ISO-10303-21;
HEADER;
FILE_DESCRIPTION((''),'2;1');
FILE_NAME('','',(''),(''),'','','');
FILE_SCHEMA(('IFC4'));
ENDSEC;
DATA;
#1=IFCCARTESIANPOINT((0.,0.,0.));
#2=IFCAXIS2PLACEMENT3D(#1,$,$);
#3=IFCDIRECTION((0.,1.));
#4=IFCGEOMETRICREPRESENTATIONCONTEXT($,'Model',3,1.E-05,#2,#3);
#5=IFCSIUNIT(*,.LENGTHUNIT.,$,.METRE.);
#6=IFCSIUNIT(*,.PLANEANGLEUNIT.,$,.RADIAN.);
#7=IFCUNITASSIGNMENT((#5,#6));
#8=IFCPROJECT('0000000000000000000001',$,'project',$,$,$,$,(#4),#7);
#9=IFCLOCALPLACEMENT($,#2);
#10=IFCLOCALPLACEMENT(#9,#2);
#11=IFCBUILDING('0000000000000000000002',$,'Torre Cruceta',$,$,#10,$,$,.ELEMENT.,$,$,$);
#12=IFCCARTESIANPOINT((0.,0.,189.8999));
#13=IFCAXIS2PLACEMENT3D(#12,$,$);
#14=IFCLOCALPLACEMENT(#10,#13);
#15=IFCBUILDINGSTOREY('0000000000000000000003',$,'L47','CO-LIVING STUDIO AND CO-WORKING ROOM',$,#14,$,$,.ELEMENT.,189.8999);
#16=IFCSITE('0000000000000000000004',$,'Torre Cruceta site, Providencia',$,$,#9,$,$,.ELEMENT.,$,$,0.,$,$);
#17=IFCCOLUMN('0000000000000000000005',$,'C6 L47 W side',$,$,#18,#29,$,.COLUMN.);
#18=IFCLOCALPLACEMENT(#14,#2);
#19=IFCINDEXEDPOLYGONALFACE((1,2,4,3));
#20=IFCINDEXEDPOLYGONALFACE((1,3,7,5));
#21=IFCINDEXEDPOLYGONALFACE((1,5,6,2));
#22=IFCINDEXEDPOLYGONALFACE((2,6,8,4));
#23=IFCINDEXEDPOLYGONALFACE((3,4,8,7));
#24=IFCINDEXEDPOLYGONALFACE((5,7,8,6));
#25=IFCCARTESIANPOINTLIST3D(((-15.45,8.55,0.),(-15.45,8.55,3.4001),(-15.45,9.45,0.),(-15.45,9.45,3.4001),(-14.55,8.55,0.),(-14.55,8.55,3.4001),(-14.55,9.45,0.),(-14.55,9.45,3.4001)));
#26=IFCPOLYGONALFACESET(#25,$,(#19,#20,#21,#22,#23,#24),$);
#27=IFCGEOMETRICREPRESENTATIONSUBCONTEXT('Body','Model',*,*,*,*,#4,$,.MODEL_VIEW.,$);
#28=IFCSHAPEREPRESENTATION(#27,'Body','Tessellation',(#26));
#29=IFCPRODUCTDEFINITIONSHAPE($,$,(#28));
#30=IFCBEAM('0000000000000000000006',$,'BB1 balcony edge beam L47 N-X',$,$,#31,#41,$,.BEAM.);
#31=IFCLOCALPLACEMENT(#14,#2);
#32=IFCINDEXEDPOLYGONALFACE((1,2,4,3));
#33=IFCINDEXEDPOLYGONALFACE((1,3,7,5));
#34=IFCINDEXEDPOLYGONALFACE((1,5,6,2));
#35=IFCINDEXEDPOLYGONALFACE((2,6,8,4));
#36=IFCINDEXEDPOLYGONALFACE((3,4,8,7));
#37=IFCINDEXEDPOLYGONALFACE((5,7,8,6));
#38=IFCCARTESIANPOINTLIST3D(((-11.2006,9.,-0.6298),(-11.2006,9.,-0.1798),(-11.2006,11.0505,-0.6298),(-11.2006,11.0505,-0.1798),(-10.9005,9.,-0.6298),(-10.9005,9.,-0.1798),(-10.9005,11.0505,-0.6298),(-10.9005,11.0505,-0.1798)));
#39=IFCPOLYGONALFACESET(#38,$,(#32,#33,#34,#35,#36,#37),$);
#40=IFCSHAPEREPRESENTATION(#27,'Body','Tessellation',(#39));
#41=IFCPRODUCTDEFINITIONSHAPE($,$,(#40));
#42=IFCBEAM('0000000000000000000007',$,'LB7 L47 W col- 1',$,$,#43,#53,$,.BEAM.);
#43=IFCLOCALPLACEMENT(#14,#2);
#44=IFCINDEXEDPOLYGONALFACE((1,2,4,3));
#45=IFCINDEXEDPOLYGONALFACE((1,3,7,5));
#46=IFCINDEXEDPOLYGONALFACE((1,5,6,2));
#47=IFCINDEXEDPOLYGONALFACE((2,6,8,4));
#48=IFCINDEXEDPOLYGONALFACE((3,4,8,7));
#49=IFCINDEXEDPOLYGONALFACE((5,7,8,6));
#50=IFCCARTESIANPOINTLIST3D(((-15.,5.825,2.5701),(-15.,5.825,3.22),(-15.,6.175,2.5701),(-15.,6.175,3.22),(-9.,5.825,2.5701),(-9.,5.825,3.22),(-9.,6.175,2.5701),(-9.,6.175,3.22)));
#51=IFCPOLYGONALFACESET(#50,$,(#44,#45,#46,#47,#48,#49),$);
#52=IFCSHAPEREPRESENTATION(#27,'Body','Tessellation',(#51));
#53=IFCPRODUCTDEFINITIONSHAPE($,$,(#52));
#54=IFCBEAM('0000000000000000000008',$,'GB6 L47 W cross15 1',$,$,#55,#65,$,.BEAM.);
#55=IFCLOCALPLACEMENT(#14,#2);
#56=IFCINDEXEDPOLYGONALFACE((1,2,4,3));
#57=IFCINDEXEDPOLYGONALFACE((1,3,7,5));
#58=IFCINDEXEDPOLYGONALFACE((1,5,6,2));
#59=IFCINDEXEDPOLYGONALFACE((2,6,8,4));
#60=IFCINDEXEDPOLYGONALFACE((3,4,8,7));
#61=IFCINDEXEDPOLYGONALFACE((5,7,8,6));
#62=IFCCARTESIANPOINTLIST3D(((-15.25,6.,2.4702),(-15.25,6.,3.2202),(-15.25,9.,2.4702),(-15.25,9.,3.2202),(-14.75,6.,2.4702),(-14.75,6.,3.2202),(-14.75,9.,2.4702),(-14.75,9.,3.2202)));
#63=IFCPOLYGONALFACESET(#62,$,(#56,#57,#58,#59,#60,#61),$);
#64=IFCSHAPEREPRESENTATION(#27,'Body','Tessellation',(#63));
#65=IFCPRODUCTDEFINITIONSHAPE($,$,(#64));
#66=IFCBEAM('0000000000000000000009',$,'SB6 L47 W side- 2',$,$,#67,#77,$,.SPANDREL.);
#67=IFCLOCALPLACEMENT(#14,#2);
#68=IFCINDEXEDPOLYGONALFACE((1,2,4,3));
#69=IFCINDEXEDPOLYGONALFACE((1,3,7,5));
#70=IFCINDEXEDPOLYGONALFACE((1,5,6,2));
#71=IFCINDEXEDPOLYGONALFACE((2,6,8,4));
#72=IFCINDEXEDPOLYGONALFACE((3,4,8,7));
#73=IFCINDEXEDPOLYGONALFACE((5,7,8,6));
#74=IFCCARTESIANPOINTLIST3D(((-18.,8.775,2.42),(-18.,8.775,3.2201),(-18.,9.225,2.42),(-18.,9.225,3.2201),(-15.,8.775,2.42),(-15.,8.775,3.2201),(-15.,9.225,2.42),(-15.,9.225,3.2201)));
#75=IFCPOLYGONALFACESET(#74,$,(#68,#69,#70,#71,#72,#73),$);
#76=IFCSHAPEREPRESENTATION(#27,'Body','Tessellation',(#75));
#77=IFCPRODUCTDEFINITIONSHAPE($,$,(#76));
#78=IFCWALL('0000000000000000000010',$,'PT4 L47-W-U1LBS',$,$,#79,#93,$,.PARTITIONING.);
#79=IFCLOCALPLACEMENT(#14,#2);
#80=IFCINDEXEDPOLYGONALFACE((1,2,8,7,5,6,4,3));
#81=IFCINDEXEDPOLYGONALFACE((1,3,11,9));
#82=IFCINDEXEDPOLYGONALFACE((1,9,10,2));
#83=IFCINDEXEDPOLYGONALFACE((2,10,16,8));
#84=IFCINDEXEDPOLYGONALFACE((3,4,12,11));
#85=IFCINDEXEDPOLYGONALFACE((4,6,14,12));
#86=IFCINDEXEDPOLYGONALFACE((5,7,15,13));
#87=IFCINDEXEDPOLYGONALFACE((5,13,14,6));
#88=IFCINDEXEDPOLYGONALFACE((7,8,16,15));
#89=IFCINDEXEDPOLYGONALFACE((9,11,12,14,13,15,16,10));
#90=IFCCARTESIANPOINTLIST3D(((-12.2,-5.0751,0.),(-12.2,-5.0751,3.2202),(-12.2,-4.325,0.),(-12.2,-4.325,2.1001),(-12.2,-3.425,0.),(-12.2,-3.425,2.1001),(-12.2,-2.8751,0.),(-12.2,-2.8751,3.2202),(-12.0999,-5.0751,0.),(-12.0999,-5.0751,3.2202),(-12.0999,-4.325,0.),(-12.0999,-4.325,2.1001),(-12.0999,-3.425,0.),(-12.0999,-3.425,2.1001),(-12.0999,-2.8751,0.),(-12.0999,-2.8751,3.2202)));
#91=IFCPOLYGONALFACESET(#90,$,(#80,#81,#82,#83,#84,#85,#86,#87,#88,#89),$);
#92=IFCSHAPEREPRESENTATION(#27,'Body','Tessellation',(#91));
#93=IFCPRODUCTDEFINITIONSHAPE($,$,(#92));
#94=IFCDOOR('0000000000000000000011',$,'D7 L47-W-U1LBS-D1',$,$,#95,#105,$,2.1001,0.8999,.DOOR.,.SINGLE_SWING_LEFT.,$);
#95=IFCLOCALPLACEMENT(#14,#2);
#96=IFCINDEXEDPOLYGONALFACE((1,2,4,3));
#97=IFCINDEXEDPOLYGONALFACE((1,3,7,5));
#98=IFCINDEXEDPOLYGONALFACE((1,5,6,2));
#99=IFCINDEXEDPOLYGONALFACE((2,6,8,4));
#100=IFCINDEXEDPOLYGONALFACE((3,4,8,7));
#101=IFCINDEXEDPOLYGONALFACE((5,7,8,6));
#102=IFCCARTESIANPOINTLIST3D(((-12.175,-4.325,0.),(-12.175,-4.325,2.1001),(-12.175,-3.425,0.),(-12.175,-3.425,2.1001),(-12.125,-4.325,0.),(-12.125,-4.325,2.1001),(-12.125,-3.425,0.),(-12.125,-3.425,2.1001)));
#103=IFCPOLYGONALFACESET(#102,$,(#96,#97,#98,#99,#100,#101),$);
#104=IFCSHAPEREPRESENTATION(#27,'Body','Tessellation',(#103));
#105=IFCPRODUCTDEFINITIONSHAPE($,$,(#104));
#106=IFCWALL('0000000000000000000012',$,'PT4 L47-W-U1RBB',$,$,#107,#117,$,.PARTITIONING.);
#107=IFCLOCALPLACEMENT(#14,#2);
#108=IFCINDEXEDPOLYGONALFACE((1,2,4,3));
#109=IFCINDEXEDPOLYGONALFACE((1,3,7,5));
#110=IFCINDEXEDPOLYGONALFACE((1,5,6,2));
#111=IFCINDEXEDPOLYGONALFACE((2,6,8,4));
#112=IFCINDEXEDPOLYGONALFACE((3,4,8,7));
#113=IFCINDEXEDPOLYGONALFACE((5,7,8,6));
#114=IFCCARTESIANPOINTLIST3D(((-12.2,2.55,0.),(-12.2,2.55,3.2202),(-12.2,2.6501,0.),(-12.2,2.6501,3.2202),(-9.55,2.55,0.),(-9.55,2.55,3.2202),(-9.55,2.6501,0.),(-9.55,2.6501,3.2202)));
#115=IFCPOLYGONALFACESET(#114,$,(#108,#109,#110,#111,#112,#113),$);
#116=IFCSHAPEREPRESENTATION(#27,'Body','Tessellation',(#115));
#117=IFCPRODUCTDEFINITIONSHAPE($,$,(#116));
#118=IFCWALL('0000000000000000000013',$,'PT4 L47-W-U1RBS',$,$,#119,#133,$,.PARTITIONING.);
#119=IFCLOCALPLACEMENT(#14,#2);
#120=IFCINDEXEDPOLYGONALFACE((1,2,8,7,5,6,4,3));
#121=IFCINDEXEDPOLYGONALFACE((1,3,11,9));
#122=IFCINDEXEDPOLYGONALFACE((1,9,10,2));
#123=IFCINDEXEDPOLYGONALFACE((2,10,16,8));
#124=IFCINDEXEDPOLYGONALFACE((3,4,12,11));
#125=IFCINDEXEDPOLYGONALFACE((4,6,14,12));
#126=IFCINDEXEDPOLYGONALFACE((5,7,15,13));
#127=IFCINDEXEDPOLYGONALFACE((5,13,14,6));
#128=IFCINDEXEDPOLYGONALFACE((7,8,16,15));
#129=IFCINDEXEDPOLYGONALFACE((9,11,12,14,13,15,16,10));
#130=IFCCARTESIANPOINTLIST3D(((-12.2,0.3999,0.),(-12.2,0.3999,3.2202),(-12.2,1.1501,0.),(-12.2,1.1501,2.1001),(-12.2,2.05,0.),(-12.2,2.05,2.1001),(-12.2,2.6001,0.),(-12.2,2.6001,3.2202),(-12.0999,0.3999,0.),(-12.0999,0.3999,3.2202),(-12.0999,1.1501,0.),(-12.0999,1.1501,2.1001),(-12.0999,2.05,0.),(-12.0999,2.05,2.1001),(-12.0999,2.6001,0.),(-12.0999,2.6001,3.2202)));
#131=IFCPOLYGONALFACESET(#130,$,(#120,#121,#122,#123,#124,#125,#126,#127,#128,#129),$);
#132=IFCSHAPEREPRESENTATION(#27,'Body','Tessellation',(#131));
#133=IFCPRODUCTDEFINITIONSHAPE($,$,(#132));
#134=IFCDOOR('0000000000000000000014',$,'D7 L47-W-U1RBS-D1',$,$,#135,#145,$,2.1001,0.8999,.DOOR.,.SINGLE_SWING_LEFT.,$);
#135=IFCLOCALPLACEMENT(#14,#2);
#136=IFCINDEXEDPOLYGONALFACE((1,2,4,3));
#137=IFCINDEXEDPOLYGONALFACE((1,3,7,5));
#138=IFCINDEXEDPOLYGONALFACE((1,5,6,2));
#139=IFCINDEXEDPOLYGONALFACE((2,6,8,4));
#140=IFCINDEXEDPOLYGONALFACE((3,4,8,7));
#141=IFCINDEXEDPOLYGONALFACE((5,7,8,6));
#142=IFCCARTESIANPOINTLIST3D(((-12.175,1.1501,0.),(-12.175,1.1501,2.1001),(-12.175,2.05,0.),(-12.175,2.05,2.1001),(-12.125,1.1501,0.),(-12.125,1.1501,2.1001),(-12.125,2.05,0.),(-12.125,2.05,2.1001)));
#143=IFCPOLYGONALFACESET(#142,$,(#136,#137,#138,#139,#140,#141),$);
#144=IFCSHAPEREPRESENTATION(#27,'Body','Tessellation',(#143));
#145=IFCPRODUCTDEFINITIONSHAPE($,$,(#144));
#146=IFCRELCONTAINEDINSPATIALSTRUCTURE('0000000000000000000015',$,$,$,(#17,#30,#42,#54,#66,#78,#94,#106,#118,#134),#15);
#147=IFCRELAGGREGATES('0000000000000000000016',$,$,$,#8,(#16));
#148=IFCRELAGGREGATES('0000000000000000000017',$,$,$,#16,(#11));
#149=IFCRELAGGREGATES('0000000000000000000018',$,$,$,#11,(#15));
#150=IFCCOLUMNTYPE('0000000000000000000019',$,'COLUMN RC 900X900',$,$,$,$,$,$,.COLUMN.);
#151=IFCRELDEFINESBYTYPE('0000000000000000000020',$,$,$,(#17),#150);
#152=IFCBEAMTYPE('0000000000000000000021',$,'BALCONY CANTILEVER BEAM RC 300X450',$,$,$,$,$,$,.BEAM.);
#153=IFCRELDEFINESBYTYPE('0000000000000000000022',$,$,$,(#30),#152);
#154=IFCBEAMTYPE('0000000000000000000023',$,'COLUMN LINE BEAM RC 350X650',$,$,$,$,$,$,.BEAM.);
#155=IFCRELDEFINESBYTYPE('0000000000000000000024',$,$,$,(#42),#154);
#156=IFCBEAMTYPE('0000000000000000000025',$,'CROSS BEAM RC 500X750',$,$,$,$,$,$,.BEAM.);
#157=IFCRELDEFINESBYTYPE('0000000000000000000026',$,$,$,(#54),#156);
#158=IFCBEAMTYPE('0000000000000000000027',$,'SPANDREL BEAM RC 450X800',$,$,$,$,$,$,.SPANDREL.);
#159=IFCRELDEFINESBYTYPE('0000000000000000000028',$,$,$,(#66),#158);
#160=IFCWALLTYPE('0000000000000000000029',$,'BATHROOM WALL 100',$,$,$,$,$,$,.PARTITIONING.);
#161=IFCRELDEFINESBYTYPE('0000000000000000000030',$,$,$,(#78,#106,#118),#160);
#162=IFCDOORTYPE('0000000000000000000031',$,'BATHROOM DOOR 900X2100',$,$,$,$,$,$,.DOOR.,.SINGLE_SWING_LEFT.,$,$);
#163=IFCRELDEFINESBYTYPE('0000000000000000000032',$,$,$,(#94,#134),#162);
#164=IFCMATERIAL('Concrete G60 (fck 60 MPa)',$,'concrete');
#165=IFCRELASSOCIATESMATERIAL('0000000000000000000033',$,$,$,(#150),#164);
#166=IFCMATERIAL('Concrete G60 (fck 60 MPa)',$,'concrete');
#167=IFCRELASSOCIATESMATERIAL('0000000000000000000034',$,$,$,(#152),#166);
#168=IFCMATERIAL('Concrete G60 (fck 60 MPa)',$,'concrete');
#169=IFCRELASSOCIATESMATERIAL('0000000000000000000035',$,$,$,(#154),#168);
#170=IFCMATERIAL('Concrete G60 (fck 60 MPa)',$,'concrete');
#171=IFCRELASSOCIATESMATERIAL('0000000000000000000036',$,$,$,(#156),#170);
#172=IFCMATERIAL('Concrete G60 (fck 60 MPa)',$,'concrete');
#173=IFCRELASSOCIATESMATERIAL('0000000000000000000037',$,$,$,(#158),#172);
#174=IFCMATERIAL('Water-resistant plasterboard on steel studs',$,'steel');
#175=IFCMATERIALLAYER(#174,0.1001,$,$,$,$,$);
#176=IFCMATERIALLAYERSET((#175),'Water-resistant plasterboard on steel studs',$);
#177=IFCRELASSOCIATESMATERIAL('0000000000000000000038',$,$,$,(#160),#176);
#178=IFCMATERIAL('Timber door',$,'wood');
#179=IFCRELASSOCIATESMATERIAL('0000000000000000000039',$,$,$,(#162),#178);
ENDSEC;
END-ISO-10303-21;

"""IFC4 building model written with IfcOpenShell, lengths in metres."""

from ifc_helpers import new_model, si_unit, direction, frame, frame_2d, origin, origin_2d, place, context, subcontext, project, spatial, rectangle, extrude, material, layer, layer_set, material_profile, profile_set, type_object, element, fill, save


model = new_model("IFC4")

# Units and contexts
model_context = context("Model", 3, precision=1e-05, world=origin(), true_north=direction((0.0, 1.0)))
body_context = subcontext(model_context, "Body", "Model", "MODEL_VIEW")
ifc_project = project(units=[si_unit("LENGTHUNIT", "METRE"), si_unit("PLANEANGLEUNIT", "RADIAN")], contexts=[model_context])

# Site, building, storey
site_placement = place(None, origin())
site = spatial("IfcSite", under=ifc_project, at=site_placement, Name="Torre Cruceta site, Providencia", CompositionType="ELEMENT", RefElevation=0.0)
building_placement = place(site_placement, origin())
building = spatial("IfcBuilding", under=site, at=building_placement, Name="Torre Cruceta", CompositionType="ELEMENT")
storey_placement = place(building_placement, frame((0.0, 0.0, 189.8999)))
storey = spatial("IfcBuildingStorey", under=building, at=storey_placement, Name="L47", Description="CO-LIVING STUDIO AND CO-WORKING ROOM", CompositionType="ELEMENT", Elevation=189.8999)

# Column
ifc_material_1 = material(Name="Concrete G60 (fck 60 MPa)", Category="concrete")
ifc_material_profile_1 = material_profile(ifc_material_1, rectangle(XDim=0.8999, YDim=0.8999, at=origin_2d()), Name="RC 900X900")
ifc_profile_set_1 = profile_set([ifc_material_profile_1], Name="Concrete G60 (fck 60 MPa)")
column_type = type_object("IfcColumnType", Name="COLUMN RC 900X900", PredefinedType="COLUMN", material=ifc_profile_set_1)
column_placement = place(storey_placement, frame((-15.0, 9.0, 0.0), z_axis=(0.0, 0.0, 1.0), x_axis=(1.0, 0.0, 0.0)))
element("IfcColumn", 1, at=column_placement, inside=storey, type_object=column_type, Name="C6 L47 W side", PredefinedType="COLUMN", context=body_context, shape_type="SweptSolid", body=[
    extrude(rectangle(XDim=0.8999, YDim=0.8999, at=origin_2d()), origin(), (0.0, 0.0, 1.0), 3.4001),
])

# Beams
ifc_material_2 = material(Name="Concrete G60 (fck 60 MPa)", Category="concrete")
ifc_material_profile_2 = material_profile(ifc_material_2, rectangle(XDim=0.3, YDim=0.45, at=origin_2d()), Name="RC 300X450")
ifc_profile_set_2 = profile_set([ifc_material_profile_2], Name="Concrete G60 (fck 60 MPa)")
beam_type_1 = type_object("IfcBeamType", Name="BALCONY CANTILEVER BEAM RC 300X450", PredefinedType="BEAM", material=ifc_profile_set_2)
beam_1_placement = place(storey_placement, frame((-11.0505, 9.0, -0.4048), z_axis=(0.0, 1.0, 0.0), x_axis=(-1.0, 0.0, 0.0)))
element("IfcBeam", 2, at=beam_1_placement, inside=storey, type_object=beam_type_1, Name="BB1 balcony edge beam L47 N-X", PredefinedType="BEAM", context=body_context, shape_type="SweptSolid", body=[
    extrude(rectangle(XDim=0.3, YDim=0.45, at=origin_2d()), origin(), (0.0, 0.0, 1.0), 2.0505),
])
ifc_material_3 = material(Name="Concrete G60 (fck 60 MPa)", Category="concrete")
ifc_material_profile_3 = material_profile(ifc_material_3, rectangle(XDim=0.3501, YDim=0.6499, at=origin_2d()), Name="RC 350X650")
ifc_profile_set_3 = profile_set([ifc_material_profile_3], Name="Concrete G60 (fck 60 MPa)")
beam_type_2 = type_object("IfcBeamType", Name="COLUMN LINE BEAM RC 350X650", PredefinedType="BEAM", material=ifc_profile_set_3)
beam_2_placement = place(storey_placement, frame((-9.0, 6.0, 2.895), z_axis=(-1.0, 0.0, 0.0), x_axis=(0.0, -1.0, 0.0)))
element("IfcBeam", 3, at=beam_2_placement, inside=storey, type_object=beam_type_2, Name="LB7 L47 W col- 1", PredefinedType="BEAM", context=body_context, shape_type="SweptSolid", body=[
    extrude(rectangle(XDim=0.3501, YDim=0.6499, at=origin_2d()), origin(), (0.0, 0.0, 1.0), 6.0),
])
ifc_material_4 = material(Name="Concrete G60 (fck 60 MPa)", Category="concrete")
ifc_material_profile_4 = material_profile(ifc_material_4, rectangle(XDim=0.5, YDim=0.75, at=origin_2d()), Name="RC 500X750")
ifc_profile_set_4 = profile_set([ifc_material_profile_4], Name="Concrete G60 (fck 60 MPa)")
beam_type_3 = type_object("IfcBeamType", Name="CROSS BEAM RC 500X750", PredefinedType="BEAM", material=ifc_profile_set_4)
beam_3_placement = place(storey_placement, frame((-15.0, 9.0, 2.8452), z_axis=(0.0, -1.0, 0.0), x_axis=(1.0, 0.0, 0.0)))
element("IfcBeam", 4, at=beam_3_placement, inside=storey, type_object=beam_type_3, Name="GB6 L47 W cross15 1", PredefinedType="BEAM", context=body_context, shape_type="SweptSolid", body=[
    extrude(rectangle(XDim=0.5, YDim=0.75, at=origin_2d()), origin(), (0.0, 0.0, 1.0), 3.0),
])
ifc_material_5 = material(Name="Concrete G60 (fck 60 MPa)", Category="concrete")
ifc_material_profile_5 = material_profile(ifc_material_5, rectangle(XDim=0.45, YDim=0.8, at=origin_2d()), Name="RC 450X800")
ifc_profile_set_5 = profile_set([ifc_material_profile_5], Name="Concrete G60 (fck 60 MPa)")
beam_type_4 = type_object("IfcBeamType", Name="SPANDREL BEAM RC 450X800", PredefinedType="SPANDREL", material=ifc_profile_set_5)
beam_4_placement = place(storey_placement, frame((-15.0, 9.0, 2.8201), z_axis=(-1.0, 0.0, 0.0), x_axis=(0.0, -1.0, 0.0)))
element("IfcBeam", 5, at=beam_4_placement, inside=storey, type_object=beam_type_4, Name="SB6 L47 W side- 2", PredefinedType="SPANDREL", context=body_context, shape_type="SweptSolid", body=[
    extrude(rectangle(XDim=0.45, YDim=0.8, at=origin_2d()), origin(), (0.0, 0.0, 1.0), 3.0),
])

# Wall, opening, door
ifc_material_6 = material(Name="Water-resistant plasterboard on steel studs", Category="steel")
ifc_layer_1 = layer(ifc_material_6, 0.1001)
ifc_layer_set_1 = layer_set([ifc_layer_1], Name="Water-resistant plasterboard on steel studs")
wall_type_1 = type_object("IfcWallType", Name="BATHROOM WALL 100", PredefinedType="PARTITIONING", material=ifc_layer_set_1)
wall_1_placement = place(storey_placement, frame((-12.1499, -2.875, 0.0), z_axis=(0.0, 0.0, 1.0), x_axis=(0.0, -1.0, 0.0)))
wall_1 = element("IfcWall", 6, at=wall_1_placement, inside=storey, type_object=wall_type_1, Name="PT4 L47-W-U1LBS", PredefinedType="PARTITIONING", context=body_context, shape_type="SweptSolid", body=[
    extrude(rectangle(XDim=2.2, YDim=0.1001, at=frame_2d((1.1001, 0.0))), origin(), (0.0, 0.0, 1.0), 3.2202),
])
opening_1_placement = place(wall_1_placement, frame((0.55, 0.0, 0.0)))
opening_1 = element("IfcOpeningElement", 7, at=opening_1_placement, cuts=wall_1, PredefinedType="OPENING", context=body_context, shape_type="SweptSolid", body=[
    extrude(rectangle(XDim=0.8999, YDim=2.1001, at=frame_2d((0.45, 1.05))), frame((0.0, 0.0601, 0.0), z_axis=(0.0, -1.0, 0.0), x_axis=(1.0, 0.0, 0.0)), (0.0, 0.0, 1.0), 0.1201),
])
ifc_material_7 = material(Name="Timber door", Category="wood")
door_type_1 = type_object("IfcDoorType", Name="BATHROOM DOOR 900X2100", OperationType="SINGLE_SWING_LEFT", PredefinedType="DOOR", material=ifc_material_7)
door_1_placement = place(opening_1_placement, origin())
door_1 = element("IfcDoor", 8, at=door_1_placement, inside=storey, type_object=door_type_1, Name="D7 L47-W-U1LBS-D1", OperationType="SINGLE_SWING_LEFT", OverallHeight=2.1001, OverallWidth=0.8999, PredefinedType="DOOR", context=body_context, shape_type="SweptSolid", body=[
    extrude(rectangle(XDim=0.8999, YDim=2.1001, at=frame_2d((0.45, 1.05))), frame((0.0, 0.0249, 0.0), z_axis=(0.0, -1.0, 0.0), x_axis=(1.0, 0.0, 0.0)), (0.0, 0.0, 1.0), 0.05),
])
fill(opening_1, door_1)

# Wall
wall_2_placement = place(storey_placement, frame((-9.55, 2.6001, 0.0), z_axis=(0.0, 0.0, 1.0), x_axis=(-1.0, 0.0, 0.0)))
element("IfcWall", 9, at=wall_2_placement, inside=storey, type_object=wall_type_1, Name="PT4 L47-W-U1RBB", PredefinedType="PARTITIONING", context=body_context, shape_type="SweptSolid", body=[
    extrude(rectangle(XDim=2.6499, YDim=0.1001, at=frame_2d((1.325, 0.0))), origin(), (0.0, 0.0, 1.0), 3.2202),
])

# Wall, opening, door
wall_3_placement = place(storey_placement, frame((-12.1499, 2.6001, 0.0), z_axis=(0.0, 0.0, 1.0), x_axis=(0.0, -1.0, 0.0)))
wall_3 = element("IfcWall", 10, at=wall_3_placement, inside=storey, type_object=wall_type_1, Name="PT4 L47-W-U1RBS", PredefinedType="PARTITIONING", context=body_context, shape_type="SweptSolid", body=[
    extrude(rectangle(XDim=2.2002, YDim=0.1001, at=frame_2d((1.1001, 0.0))), origin(), (0.0, 0.0, 1.0), 3.2202),
])
opening_2_placement = place(wall_3_placement, frame((0.55, 0.0, 0.0)))
opening_2 = element("IfcOpeningElement", 11, at=opening_2_placement, cuts=wall_3, PredefinedType="OPENING", context=body_context, shape_type="SweptSolid", body=[
    extrude(rectangle(XDim=0.8999, YDim=2.1001, at=frame_2d((0.45, 1.05))), frame((0.0, 0.0601, 0.0), z_axis=(0.0, -1.0, 0.0), x_axis=(1.0, 0.0, 0.0)), (0.0, 0.0, 1.0), 0.1201),
])
door_2_placement = place(opening_2_placement, origin())
door_2 = element("IfcDoor", 12, at=door_2_placement, inside=storey, type_object=door_type_1, Name="D7 L47-W-U1RBS-D1", OperationType="SINGLE_SWING_LEFT", OverallHeight=2.1001, OverallWidth=0.8999, PredefinedType="DOOR", context=body_context, shape_type="SweptSolid", body=[
    extrude(rectangle(XDim=0.8999, YDim=2.1001, at=frame_2d((0.45, 1.05))), frame((0.0, 0.0249, 0.0), z_axis=(0.0, -1.0, 0.0), x_axis=(1.0, 0.0, 0.0)), (0.0, 0.0, 1.0), 0.05),
])
fill(opening_2, door_2)

save(model, "model.ifc")
